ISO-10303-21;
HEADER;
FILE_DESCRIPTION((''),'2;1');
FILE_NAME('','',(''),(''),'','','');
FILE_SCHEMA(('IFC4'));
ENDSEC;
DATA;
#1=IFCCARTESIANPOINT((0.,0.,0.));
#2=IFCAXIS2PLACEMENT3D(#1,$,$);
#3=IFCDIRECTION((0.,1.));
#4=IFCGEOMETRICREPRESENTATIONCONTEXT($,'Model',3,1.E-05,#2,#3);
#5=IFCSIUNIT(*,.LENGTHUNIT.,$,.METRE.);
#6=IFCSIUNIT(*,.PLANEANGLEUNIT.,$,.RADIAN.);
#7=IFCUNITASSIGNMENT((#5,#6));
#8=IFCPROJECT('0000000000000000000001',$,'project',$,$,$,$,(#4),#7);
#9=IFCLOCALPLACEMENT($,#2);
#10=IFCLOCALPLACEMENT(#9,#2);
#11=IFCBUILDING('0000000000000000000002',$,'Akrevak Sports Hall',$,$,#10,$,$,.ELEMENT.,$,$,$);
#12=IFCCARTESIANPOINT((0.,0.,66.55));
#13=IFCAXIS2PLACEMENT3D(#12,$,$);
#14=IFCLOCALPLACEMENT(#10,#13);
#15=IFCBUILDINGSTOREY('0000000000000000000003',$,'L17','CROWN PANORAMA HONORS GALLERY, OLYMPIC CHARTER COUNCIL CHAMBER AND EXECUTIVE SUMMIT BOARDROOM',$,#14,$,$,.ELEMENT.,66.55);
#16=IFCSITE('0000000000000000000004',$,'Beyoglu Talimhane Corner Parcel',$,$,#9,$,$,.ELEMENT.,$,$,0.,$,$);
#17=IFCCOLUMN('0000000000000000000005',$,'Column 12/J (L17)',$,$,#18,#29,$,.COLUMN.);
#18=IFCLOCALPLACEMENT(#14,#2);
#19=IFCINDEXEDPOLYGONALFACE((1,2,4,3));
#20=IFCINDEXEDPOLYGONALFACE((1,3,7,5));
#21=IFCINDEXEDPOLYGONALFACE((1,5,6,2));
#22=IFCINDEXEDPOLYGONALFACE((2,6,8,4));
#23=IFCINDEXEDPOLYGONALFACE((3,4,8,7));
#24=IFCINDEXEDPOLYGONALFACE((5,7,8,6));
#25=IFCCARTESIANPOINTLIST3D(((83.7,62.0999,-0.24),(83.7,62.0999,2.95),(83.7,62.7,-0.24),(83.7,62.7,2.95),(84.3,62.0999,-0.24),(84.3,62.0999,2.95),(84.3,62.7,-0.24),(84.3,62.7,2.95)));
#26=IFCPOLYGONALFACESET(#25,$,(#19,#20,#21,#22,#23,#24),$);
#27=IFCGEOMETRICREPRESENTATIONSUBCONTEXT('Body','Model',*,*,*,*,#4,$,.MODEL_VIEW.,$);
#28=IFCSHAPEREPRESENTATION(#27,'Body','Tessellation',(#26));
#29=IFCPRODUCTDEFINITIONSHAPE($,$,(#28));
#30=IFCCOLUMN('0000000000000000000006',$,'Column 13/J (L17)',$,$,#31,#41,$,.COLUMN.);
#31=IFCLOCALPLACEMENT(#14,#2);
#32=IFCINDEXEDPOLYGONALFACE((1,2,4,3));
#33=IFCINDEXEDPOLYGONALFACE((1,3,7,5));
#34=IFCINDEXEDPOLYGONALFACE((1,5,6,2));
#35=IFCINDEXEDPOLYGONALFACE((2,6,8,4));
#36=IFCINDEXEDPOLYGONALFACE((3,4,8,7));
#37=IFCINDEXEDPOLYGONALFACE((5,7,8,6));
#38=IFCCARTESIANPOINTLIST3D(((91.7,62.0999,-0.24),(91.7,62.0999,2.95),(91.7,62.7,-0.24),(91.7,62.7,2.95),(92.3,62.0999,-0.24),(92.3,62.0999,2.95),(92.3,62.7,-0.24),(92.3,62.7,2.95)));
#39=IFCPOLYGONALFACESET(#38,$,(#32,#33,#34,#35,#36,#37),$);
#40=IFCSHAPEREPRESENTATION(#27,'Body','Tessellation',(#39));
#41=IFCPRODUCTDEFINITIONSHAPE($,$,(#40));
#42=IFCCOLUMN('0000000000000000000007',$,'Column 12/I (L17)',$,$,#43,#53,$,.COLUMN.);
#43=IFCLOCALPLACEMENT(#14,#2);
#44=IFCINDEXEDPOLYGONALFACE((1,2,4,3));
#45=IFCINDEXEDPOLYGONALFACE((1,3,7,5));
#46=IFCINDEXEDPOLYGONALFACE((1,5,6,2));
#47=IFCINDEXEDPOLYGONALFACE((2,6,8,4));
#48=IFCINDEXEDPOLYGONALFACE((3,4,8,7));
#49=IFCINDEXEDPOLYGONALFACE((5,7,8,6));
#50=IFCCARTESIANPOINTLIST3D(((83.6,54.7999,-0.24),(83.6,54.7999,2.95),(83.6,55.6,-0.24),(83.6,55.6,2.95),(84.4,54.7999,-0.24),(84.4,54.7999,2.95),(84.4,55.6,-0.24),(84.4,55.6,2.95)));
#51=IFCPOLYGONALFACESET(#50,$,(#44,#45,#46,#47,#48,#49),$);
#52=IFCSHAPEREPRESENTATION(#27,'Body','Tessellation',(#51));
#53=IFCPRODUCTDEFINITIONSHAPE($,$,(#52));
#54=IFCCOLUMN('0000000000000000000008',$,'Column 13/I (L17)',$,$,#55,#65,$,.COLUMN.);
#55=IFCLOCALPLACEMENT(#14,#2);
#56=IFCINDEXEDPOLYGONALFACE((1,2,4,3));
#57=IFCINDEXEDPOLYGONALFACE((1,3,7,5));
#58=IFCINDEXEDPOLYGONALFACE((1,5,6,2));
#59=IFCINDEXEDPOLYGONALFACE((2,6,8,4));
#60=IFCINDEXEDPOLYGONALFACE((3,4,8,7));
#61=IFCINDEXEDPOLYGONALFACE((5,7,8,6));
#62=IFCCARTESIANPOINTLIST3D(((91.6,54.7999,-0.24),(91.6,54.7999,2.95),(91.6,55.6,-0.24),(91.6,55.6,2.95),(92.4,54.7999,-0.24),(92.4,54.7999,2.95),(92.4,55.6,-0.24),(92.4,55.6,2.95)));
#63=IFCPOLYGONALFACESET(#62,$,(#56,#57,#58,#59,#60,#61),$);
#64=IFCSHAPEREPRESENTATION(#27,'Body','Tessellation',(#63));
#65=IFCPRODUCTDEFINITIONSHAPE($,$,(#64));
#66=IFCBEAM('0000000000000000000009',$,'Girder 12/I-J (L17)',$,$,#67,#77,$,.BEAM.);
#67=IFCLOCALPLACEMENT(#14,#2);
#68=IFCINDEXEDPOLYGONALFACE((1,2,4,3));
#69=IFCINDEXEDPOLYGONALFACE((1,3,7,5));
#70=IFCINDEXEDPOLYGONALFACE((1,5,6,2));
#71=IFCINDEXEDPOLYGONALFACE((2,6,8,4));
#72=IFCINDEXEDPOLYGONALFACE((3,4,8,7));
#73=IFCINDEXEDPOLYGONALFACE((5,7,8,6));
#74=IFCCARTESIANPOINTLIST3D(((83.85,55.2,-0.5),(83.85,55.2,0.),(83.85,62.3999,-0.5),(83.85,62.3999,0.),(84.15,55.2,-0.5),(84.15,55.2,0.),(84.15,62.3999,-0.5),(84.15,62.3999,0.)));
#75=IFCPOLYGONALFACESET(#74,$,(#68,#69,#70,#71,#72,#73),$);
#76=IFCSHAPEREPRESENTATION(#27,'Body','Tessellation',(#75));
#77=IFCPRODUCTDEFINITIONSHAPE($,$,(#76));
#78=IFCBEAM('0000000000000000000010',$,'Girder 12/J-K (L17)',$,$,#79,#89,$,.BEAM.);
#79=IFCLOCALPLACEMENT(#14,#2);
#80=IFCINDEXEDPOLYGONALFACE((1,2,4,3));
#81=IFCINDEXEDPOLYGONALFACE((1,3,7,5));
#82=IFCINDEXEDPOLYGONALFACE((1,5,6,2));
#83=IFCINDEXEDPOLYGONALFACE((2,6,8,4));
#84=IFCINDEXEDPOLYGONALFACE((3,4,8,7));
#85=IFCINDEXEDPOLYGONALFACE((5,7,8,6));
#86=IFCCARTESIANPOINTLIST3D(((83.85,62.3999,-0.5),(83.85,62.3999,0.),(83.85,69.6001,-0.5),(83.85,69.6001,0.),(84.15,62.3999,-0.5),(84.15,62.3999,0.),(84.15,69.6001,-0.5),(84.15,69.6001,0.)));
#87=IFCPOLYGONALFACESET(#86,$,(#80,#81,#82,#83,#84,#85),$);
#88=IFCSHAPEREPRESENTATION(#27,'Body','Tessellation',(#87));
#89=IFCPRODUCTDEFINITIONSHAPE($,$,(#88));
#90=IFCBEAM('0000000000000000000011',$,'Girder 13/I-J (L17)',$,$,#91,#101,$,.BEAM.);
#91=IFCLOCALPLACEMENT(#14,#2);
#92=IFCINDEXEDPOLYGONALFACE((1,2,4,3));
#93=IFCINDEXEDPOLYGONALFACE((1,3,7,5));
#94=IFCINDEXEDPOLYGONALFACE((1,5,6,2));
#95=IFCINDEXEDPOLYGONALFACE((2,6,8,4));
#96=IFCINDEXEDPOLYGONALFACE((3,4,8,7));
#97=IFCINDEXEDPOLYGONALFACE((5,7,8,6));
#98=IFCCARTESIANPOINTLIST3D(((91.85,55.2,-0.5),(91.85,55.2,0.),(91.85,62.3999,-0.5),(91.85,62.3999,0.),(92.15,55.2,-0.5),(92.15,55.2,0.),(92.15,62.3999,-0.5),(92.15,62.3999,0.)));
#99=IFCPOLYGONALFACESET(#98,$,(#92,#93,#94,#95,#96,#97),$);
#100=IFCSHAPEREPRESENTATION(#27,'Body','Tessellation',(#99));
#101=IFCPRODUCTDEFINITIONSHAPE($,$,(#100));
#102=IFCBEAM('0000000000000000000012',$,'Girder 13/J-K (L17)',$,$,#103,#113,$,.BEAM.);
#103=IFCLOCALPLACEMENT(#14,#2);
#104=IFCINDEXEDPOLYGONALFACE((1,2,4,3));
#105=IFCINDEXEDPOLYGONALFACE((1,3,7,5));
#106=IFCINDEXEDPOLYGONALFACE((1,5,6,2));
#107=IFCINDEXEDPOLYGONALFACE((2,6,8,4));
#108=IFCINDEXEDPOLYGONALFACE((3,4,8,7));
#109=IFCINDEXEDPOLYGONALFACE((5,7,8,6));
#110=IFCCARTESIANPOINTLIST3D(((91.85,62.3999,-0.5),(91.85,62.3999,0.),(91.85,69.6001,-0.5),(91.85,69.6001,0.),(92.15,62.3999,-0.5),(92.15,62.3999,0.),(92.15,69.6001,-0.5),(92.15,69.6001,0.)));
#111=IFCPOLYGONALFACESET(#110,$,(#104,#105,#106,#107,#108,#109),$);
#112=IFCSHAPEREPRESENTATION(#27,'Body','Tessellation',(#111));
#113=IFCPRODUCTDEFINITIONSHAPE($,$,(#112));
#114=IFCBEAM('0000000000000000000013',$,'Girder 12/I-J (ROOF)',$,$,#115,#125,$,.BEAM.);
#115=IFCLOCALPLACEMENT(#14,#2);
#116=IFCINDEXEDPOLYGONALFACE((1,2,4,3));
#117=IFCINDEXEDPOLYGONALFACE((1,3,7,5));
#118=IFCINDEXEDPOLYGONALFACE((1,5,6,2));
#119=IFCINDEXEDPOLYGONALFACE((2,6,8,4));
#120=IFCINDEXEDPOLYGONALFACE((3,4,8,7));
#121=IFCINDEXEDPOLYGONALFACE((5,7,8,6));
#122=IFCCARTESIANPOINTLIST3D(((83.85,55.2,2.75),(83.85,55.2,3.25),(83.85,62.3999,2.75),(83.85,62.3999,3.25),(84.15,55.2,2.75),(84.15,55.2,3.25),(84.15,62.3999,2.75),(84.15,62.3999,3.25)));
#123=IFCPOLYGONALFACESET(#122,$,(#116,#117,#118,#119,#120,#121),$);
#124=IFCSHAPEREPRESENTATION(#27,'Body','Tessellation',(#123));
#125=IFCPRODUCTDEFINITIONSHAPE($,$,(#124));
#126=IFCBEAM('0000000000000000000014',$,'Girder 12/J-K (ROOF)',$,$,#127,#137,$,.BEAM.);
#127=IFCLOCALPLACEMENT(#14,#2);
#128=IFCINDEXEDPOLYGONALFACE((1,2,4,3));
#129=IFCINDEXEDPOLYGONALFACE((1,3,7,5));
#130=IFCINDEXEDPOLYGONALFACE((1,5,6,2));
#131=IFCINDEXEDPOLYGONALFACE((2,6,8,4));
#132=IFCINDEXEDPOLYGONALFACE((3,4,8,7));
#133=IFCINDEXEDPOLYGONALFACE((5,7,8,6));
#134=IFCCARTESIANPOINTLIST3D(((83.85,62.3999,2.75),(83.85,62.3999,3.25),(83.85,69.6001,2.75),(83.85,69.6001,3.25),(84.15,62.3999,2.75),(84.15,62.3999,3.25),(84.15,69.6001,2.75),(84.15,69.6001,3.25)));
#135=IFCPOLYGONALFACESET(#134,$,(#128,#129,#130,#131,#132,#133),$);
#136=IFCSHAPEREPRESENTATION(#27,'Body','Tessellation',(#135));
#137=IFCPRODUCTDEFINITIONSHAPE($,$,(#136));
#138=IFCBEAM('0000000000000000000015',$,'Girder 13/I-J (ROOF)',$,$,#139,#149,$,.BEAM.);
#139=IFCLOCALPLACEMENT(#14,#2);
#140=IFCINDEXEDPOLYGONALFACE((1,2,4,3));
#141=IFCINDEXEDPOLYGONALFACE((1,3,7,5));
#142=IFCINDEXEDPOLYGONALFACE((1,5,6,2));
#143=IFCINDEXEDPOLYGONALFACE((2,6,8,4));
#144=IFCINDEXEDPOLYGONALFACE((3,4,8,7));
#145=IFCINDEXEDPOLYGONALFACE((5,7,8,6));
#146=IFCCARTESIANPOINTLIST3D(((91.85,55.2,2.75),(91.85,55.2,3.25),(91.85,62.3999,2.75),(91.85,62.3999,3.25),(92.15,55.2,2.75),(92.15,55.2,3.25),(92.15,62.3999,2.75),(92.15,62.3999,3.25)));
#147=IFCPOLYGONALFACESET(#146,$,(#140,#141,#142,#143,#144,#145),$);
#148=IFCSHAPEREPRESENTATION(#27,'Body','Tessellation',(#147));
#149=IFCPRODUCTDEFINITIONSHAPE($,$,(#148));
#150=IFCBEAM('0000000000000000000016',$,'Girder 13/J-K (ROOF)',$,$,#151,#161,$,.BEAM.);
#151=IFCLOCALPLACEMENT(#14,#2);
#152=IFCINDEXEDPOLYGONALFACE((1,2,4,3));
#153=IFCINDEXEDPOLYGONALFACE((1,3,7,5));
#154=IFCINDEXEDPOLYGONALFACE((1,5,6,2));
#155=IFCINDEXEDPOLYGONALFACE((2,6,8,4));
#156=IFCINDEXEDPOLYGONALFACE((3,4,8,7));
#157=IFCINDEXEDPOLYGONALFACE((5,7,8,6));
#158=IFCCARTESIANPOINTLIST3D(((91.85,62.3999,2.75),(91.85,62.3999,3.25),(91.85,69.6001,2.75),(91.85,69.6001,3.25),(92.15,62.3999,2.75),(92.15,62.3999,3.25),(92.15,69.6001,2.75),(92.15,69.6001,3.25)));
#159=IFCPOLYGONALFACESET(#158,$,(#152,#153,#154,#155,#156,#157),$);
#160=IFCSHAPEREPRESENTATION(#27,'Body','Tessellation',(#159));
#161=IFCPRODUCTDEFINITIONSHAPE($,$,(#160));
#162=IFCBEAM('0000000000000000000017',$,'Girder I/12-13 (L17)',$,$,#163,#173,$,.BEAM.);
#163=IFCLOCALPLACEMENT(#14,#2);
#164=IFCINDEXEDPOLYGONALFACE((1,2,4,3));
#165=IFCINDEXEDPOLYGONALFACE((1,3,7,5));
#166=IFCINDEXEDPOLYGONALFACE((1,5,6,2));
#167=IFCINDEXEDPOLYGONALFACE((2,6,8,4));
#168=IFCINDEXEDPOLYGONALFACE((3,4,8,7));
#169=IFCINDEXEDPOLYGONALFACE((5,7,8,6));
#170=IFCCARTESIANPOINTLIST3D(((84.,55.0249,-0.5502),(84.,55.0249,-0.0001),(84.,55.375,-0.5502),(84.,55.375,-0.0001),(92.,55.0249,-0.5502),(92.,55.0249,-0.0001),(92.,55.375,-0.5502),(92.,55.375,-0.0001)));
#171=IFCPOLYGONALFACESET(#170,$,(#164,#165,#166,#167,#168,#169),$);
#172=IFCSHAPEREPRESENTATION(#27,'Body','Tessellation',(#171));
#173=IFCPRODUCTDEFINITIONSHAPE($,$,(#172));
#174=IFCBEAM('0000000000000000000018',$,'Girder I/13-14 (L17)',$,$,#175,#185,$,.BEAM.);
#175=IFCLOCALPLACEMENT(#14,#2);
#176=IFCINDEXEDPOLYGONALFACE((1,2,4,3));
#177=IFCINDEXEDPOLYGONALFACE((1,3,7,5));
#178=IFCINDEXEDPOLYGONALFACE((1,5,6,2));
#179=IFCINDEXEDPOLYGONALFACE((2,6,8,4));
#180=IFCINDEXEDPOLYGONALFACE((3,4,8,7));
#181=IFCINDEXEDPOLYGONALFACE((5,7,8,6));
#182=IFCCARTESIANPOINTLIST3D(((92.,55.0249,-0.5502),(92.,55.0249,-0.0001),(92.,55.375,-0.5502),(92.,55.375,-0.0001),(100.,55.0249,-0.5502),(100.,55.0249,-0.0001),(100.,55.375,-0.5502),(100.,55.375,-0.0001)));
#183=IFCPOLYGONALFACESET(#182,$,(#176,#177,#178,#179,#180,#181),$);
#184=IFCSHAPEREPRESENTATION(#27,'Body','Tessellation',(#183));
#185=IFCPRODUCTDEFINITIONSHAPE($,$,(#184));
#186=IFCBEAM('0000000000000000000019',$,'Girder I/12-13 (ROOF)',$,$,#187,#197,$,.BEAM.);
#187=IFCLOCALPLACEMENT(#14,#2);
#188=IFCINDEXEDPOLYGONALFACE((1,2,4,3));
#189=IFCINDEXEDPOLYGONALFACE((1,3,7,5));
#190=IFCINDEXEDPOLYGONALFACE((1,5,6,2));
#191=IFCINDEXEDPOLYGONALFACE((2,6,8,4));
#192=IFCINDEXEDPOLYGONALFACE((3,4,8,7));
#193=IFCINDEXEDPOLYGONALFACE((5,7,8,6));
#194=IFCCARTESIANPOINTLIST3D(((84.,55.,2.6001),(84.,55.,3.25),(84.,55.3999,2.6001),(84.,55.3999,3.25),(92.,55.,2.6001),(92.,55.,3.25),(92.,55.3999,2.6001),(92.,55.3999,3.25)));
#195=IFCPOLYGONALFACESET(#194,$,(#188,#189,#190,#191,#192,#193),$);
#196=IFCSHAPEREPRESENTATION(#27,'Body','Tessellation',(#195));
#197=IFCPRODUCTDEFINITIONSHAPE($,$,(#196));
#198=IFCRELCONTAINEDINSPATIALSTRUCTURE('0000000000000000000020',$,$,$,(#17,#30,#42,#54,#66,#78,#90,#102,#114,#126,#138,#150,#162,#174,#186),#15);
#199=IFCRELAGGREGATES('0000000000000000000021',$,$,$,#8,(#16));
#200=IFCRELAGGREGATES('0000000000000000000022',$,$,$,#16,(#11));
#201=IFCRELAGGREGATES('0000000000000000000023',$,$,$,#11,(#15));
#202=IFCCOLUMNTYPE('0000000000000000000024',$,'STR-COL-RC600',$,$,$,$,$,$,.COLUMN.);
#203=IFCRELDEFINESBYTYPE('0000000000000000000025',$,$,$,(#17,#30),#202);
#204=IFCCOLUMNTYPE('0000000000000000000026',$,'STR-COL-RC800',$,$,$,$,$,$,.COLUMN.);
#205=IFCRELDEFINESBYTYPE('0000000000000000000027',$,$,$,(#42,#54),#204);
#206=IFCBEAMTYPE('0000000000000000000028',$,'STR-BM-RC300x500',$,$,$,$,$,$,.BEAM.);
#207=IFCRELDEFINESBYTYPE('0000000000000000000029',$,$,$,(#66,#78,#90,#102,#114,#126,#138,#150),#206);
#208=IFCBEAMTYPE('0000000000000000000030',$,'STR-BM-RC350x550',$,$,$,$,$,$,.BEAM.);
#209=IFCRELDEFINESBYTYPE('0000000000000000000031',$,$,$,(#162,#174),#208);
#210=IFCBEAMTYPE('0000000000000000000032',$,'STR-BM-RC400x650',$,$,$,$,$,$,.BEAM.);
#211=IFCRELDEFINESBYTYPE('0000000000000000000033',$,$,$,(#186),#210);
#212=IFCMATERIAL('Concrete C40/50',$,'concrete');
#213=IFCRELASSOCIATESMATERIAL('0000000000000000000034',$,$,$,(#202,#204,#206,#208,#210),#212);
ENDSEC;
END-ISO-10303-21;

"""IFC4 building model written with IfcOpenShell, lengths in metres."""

from ifc_helpers import new_model, si_unit, direction, frame, origin, origin_2d, place, context, subcontext, project, spatial, rectangle, extrude, material, material_profile, profile_set, type_object, element, save


model = new_model("IFC4")

# Units and contexts
model_context = context("Model", 3, precision=1e-05, world=origin(), true_north=direction((0.0, 1.0)))
body_context = subcontext(model_context, "Body", "Model", "MODEL_VIEW")
ifc_project = project(units=[si_unit("LENGTHUNIT", "METRE"), si_unit("PLANEANGLEUNIT", "RADIAN")], contexts=[model_context])

# Site, building, storey
site_placement = place(None, origin())
site = spatial("IfcSite", under=ifc_project, at=site_placement, Name="Beyoglu Talimhane Corner Parcel", CompositionType="ELEMENT", RefElevation=0.0)
building_placement = place(site_placement, origin())
building = spatial("IfcBuilding", under=site, at=building_placement, Name="Akrevak Sports Hall", CompositionType="ELEMENT")
storey_placement = place(building_placement, frame((0.0, 0.0, 66.55)))
storey = spatial("IfcBuildingStorey", under=building, at=storey_placement, Name="L17", Description="CROWN PANORAMA HONORS GALLERY, OLYMPIC CHARTER COUNCIL CHAMBER AND EXECUTIVE SUMMIT BOARDROOM", CompositionType="ELEMENT", Elevation=66.55)

# Columns
ifc_material_1 = material(Name="Concrete C40/50", Category="concrete")
ifc_material_profile_1 = material_profile(ifc_material_1, rectangle(XDim=0.6001, YDim=0.6001, at=origin_2d()), Name="RC 600x600", Category="concrete")
ifc_profile_set_1 = profile_set([ifc_material_profile_1], Name="Concrete C40/50")
column_type_1 = type_object("IfcColumnType", Name="STR-COL-RC600", PredefinedType="COLUMN", material=ifc_profile_set_1)
for number, where, z_axis, x_axis, name in (
    (1, (84.0, 62.3999, -0.24), (0.0, 0.0, 1.0), (1.0, 0.0, 0.0), "Column 12/J (L17)"),
    (2, (92.0, 62.3999, -0.24), (0.0, 0.0, 1.0), (1.0, 0.0, 0.0), "Column 13/J (L17)"),
):
    element("IfcColumn", number, at=place(storey_placement, frame(where, z_axis=z_axis, x_axis=x_axis)), inside=storey, type_object=column_type_1, Name=name, PredefinedType="COLUMN", context=body_context, shape_type="SweptSolid", body=[
        extrude(rectangle(XDim=0.6001, YDim=0.6001, at=origin_2d()), origin(), (0.0, 0.0, 1.0), 3.1899),
    ])
ifc_material_profile_2 = material_profile(ifc_material_1, rectangle(XDim=0.8, YDim=0.8, at=origin_2d()), Name="RC 800x800", Category="concrete")
ifc_profile_set_2 = profile_set([ifc_material_profile_2], Name="Concrete C40/50")
column_type_2 = type_object("IfcColumnType", Name="STR-COL-RC800", PredefinedType="COLUMN", material=ifc_profile_set_2)
for number, where, z_axis, x_axis, name in (
    (3, (84.0, 55.2, -0.24), (0.0, 0.0, 1.0), (1.0, 0.0, 0.0), "Column 12/I (L17)"),
    (4, (92.0, 55.2, -0.24), (0.0, 0.0, 1.0), (1.0, 0.0, 0.0), "Column 13/I (L17)"),
):
    element("IfcColumn", number, at=place(storey_placement, frame(where, z_axis=z_axis, x_axis=x_axis)), inside=storey, type_object=column_type_2, Name=name, PredefinedType="COLUMN", context=body_context, shape_type="SweptSolid", body=[
        extrude(rectangle(XDim=0.8, YDim=0.8, at=origin_2d()), origin(), (0.0, 0.0, 1.0), 3.1899),
    ])

# Beams
ifc_material_profile_3 = material_profile(ifc_material_1, rectangle(XDim=0.3, YDim=0.5, at=origin_2d()), Name="BM 300x500", Category="concrete")
ifc_profile_set_3 = profile_set([ifc_material_profile_3], Name="Concrete C40/50")
beam_type_1 = type_object("IfcBeamType", Name="STR-BM-RC300x500", PredefinedType="BEAM", material=ifc_profile_set_3)
beam_1_placement = place(storey_placement, frame((84.0, 55.2, -0.25), z_axis=(0.0, 1.0, 0.0), x_axis=(-1.0, 0.0, 0.0)))
element("IfcBeam", 5, at=beam_1_placement, inside=storey, type_object=beam_type_1, Name="Girder 12/I-J (L17)", PredefinedType="BEAM", context=body_context, shape_type="SweptSolid", body=[
    extrude(rectangle(XDim=0.3, YDim=0.5, at=origin_2d()), origin(), (0.0, 0.0, 1.0), 7.2),
])
beam_2_placement = place(storey_placement, frame((84.0, 62.3999, -0.25), z_axis=(0.0, 1.0, 0.0), x_axis=(-1.0, 0.0, 0.0)))
element("IfcBeam", 6, at=beam_2_placement, inside=storey, type_object=beam_type_1, Name="Girder 12/J-K (L17)", PredefinedType="BEAM", context=body_context, shape_type="SweptSolid", body=[
    extrude(rectangle(XDim=0.3, YDim=0.5, at=origin_2d()), origin(), (0.0, 0.0, 1.0), 7.2002),
])
beam_3_placement = place(storey_placement, frame((92.0, 55.2, -0.25), z_axis=(0.0, 1.0, 0.0), x_axis=(-1.0, 0.0, 0.0)))
element("IfcBeam", 7, at=beam_3_placement, inside=storey, type_object=beam_type_1, Name="Girder 13/I-J (L17)", PredefinedType="BEAM", context=body_context, shape_type="SweptSolid", body=[
    extrude(rectangle(XDim=0.3, YDim=0.5, at=origin_2d()), origin(), (0.0, 0.0, 1.0), 7.2),
])
beam_4_placement = place(storey_placement, frame((92.0, 62.3999, -0.25), z_axis=(0.0, 1.0, 0.0), x_axis=(-1.0, 0.0, 0.0)))
element("IfcBeam", 8, at=beam_4_placement, inside=storey, type_object=beam_type_1, Name="Girder 13/J-K (L17)", PredefinedType="BEAM", context=body_context, shape_type="SweptSolid", body=[
    extrude(rectangle(XDim=0.3, YDim=0.5, at=origin_2d()), origin(), (0.0, 0.0, 1.0), 7.2002),
])
beam_5_placement = place(storey_placement, frame((84.0, 55.2, 3.0), z_axis=(0.0, 1.0, 0.0), x_axis=(-1.0, 0.0, 0.0)))
element("IfcBeam", 9, at=beam_5_placement, inside=storey, type_object=beam_type_1, Name="Girder 12/I-J (ROOF)", PredefinedType="BEAM", context=body_context, shape_type="SweptSolid", body=[
    extrude(rectangle(XDim=0.3, YDim=0.5, at=origin_2d()), origin(), (0.0, 0.0, 1.0), 7.2),
])
beam_6_placement = place(storey_placement, frame((84.0, 62.3999, 3.0), z_axis=(0.0, 1.0, 0.0), x_axis=(-1.0, 0.0, 0.0)))
element("IfcBeam", 10, at=beam_6_placement, inside=storey, type_object=beam_type_1, Name="Girder 12/J-K (ROOF)", PredefinedType="BEAM", context=body_context, shape_type="SweptSolid", body=[
    extrude(rectangle(XDim=0.3, YDim=0.5, at=origin_2d()), origin(), (0.0, 0.0, 1.0), 7.2002),
])
beam_7_placement = place(storey_placement, frame((92.0, 55.2, 3.0), z_axis=(0.0, 1.0, 0.0), x_axis=(-1.0, 0.0, 0.0)))
element("IfcBeam", 11, at=beam_7_placement, inside=storey, type_object=beam_type_1, Name="Girder 13/I-J (ROOF)", PredefinedType="BEAM", context=body_context, shape_type="SweptSolid", body=[
    extrude(rectangle(XDim=0.3, YDim=0.5, at=origin_2d()), origin(), (0.0, 0.0, 1.0), 7.2),
])
beam_8_placement = place(storey_placement, frame((92.0, 62.3999, 3.0), z_axis=(0.0, 1.0, 0.0), x_axis=(-1.0, 0.0, 0.0)))
element("IfcBeam", 12, at=beam_8_placement, inside=storey, type_object=beam_type_1, Name="Girder 13/J-K (ROOF)", PredefinedType="BEAM", context=body_context, shape_type="SweptSolid", body=[
    extrude(rectangle(XDim=0.3, YDim=0.5, at=origin_2d()), origin(), (0.0, 0.0, 1.0), 7.2002),
])
ifc_material_profile_4 = material_profile(ifc_material_1, rectangle(XDim=0.3501, YDim=0.55, at=origin_2d()), Name="BM 350x550", Category="concrete")
ifc_profile_set_4 = profile_set([ifc_material_profile_4], Name="Concrete C40/50")
beam_type_2 = type_object("IfcBeamType", Name="STR-BM-RC350x550", PredefinedType="BEAM", material=ifc_profile_set_4)
for number, where, z_axis, x_axis, name in (
    (13, (84.0, 55.2, -0.2751), (1.0, 0.0, 0.0), (0.0, 1.0, 0.0), "Girder I/12-13 (L17)"),
    (14, (92.0, 55.2, -0.2751), (1.0, 0.0, 0.0), (0.0, 1.0, 0.0), "Girder I/13-14 (L17)"),
):
    element("IfcBeam", number, at=place(storey_placement, frame(where, z_axis=z_axis, x_axis=x_axis)), inside=storey, type_object=beam_type_2, Name=name, PredefinedType="BEAM", context=body_context, shape_type="SweptSolid", body=[
        extrude(rectangle(XDim=0.3501, YDim=0.55, at=origin_2d()), origin(), (0.0, 0.0, 1.0), 8.0),
    ])
ifc_material_profile_5 = material_profile(ifc_material_1, rectangle(XDim=0.3999, YDim=0.6499, at=origin_2d()), Name="BM 400x650", Category="concrete")
ifc_profile_set_5 = profile_set([ifc_material_profile_5], Name="Concrete C40/50")
beam_type_3 = type_object("IfcBeamType", Name="STR-BM-RC400x650", PredefinedType="BEAM", material=ifc_profile_set_5)
for number, where, z_axis, x_axis, name in (
    (15, (84.0, 55.2, 2.925), (1.0, 0.0, 0.0), (0.0, 1.0, 0.0), "Girder I/12-13 (ROOF)"),
):
    element("IfcBeam", number, at=place(storey_placement, frame(where, z_axis=z_axis, x_axis=x_axis)), inside=storey, type_object=beam_type_3, Name=name, PredefinedType="BEAM", context=body_context, shape_type="SweptSolid", body=[
        extrude(rectangle(XDim=0.3999, YDim=0.6499, at=origin_2d()), origin(), (0.0, 0.0, 1.0), 8.0),
    ])

save(model, "model.ifc")
